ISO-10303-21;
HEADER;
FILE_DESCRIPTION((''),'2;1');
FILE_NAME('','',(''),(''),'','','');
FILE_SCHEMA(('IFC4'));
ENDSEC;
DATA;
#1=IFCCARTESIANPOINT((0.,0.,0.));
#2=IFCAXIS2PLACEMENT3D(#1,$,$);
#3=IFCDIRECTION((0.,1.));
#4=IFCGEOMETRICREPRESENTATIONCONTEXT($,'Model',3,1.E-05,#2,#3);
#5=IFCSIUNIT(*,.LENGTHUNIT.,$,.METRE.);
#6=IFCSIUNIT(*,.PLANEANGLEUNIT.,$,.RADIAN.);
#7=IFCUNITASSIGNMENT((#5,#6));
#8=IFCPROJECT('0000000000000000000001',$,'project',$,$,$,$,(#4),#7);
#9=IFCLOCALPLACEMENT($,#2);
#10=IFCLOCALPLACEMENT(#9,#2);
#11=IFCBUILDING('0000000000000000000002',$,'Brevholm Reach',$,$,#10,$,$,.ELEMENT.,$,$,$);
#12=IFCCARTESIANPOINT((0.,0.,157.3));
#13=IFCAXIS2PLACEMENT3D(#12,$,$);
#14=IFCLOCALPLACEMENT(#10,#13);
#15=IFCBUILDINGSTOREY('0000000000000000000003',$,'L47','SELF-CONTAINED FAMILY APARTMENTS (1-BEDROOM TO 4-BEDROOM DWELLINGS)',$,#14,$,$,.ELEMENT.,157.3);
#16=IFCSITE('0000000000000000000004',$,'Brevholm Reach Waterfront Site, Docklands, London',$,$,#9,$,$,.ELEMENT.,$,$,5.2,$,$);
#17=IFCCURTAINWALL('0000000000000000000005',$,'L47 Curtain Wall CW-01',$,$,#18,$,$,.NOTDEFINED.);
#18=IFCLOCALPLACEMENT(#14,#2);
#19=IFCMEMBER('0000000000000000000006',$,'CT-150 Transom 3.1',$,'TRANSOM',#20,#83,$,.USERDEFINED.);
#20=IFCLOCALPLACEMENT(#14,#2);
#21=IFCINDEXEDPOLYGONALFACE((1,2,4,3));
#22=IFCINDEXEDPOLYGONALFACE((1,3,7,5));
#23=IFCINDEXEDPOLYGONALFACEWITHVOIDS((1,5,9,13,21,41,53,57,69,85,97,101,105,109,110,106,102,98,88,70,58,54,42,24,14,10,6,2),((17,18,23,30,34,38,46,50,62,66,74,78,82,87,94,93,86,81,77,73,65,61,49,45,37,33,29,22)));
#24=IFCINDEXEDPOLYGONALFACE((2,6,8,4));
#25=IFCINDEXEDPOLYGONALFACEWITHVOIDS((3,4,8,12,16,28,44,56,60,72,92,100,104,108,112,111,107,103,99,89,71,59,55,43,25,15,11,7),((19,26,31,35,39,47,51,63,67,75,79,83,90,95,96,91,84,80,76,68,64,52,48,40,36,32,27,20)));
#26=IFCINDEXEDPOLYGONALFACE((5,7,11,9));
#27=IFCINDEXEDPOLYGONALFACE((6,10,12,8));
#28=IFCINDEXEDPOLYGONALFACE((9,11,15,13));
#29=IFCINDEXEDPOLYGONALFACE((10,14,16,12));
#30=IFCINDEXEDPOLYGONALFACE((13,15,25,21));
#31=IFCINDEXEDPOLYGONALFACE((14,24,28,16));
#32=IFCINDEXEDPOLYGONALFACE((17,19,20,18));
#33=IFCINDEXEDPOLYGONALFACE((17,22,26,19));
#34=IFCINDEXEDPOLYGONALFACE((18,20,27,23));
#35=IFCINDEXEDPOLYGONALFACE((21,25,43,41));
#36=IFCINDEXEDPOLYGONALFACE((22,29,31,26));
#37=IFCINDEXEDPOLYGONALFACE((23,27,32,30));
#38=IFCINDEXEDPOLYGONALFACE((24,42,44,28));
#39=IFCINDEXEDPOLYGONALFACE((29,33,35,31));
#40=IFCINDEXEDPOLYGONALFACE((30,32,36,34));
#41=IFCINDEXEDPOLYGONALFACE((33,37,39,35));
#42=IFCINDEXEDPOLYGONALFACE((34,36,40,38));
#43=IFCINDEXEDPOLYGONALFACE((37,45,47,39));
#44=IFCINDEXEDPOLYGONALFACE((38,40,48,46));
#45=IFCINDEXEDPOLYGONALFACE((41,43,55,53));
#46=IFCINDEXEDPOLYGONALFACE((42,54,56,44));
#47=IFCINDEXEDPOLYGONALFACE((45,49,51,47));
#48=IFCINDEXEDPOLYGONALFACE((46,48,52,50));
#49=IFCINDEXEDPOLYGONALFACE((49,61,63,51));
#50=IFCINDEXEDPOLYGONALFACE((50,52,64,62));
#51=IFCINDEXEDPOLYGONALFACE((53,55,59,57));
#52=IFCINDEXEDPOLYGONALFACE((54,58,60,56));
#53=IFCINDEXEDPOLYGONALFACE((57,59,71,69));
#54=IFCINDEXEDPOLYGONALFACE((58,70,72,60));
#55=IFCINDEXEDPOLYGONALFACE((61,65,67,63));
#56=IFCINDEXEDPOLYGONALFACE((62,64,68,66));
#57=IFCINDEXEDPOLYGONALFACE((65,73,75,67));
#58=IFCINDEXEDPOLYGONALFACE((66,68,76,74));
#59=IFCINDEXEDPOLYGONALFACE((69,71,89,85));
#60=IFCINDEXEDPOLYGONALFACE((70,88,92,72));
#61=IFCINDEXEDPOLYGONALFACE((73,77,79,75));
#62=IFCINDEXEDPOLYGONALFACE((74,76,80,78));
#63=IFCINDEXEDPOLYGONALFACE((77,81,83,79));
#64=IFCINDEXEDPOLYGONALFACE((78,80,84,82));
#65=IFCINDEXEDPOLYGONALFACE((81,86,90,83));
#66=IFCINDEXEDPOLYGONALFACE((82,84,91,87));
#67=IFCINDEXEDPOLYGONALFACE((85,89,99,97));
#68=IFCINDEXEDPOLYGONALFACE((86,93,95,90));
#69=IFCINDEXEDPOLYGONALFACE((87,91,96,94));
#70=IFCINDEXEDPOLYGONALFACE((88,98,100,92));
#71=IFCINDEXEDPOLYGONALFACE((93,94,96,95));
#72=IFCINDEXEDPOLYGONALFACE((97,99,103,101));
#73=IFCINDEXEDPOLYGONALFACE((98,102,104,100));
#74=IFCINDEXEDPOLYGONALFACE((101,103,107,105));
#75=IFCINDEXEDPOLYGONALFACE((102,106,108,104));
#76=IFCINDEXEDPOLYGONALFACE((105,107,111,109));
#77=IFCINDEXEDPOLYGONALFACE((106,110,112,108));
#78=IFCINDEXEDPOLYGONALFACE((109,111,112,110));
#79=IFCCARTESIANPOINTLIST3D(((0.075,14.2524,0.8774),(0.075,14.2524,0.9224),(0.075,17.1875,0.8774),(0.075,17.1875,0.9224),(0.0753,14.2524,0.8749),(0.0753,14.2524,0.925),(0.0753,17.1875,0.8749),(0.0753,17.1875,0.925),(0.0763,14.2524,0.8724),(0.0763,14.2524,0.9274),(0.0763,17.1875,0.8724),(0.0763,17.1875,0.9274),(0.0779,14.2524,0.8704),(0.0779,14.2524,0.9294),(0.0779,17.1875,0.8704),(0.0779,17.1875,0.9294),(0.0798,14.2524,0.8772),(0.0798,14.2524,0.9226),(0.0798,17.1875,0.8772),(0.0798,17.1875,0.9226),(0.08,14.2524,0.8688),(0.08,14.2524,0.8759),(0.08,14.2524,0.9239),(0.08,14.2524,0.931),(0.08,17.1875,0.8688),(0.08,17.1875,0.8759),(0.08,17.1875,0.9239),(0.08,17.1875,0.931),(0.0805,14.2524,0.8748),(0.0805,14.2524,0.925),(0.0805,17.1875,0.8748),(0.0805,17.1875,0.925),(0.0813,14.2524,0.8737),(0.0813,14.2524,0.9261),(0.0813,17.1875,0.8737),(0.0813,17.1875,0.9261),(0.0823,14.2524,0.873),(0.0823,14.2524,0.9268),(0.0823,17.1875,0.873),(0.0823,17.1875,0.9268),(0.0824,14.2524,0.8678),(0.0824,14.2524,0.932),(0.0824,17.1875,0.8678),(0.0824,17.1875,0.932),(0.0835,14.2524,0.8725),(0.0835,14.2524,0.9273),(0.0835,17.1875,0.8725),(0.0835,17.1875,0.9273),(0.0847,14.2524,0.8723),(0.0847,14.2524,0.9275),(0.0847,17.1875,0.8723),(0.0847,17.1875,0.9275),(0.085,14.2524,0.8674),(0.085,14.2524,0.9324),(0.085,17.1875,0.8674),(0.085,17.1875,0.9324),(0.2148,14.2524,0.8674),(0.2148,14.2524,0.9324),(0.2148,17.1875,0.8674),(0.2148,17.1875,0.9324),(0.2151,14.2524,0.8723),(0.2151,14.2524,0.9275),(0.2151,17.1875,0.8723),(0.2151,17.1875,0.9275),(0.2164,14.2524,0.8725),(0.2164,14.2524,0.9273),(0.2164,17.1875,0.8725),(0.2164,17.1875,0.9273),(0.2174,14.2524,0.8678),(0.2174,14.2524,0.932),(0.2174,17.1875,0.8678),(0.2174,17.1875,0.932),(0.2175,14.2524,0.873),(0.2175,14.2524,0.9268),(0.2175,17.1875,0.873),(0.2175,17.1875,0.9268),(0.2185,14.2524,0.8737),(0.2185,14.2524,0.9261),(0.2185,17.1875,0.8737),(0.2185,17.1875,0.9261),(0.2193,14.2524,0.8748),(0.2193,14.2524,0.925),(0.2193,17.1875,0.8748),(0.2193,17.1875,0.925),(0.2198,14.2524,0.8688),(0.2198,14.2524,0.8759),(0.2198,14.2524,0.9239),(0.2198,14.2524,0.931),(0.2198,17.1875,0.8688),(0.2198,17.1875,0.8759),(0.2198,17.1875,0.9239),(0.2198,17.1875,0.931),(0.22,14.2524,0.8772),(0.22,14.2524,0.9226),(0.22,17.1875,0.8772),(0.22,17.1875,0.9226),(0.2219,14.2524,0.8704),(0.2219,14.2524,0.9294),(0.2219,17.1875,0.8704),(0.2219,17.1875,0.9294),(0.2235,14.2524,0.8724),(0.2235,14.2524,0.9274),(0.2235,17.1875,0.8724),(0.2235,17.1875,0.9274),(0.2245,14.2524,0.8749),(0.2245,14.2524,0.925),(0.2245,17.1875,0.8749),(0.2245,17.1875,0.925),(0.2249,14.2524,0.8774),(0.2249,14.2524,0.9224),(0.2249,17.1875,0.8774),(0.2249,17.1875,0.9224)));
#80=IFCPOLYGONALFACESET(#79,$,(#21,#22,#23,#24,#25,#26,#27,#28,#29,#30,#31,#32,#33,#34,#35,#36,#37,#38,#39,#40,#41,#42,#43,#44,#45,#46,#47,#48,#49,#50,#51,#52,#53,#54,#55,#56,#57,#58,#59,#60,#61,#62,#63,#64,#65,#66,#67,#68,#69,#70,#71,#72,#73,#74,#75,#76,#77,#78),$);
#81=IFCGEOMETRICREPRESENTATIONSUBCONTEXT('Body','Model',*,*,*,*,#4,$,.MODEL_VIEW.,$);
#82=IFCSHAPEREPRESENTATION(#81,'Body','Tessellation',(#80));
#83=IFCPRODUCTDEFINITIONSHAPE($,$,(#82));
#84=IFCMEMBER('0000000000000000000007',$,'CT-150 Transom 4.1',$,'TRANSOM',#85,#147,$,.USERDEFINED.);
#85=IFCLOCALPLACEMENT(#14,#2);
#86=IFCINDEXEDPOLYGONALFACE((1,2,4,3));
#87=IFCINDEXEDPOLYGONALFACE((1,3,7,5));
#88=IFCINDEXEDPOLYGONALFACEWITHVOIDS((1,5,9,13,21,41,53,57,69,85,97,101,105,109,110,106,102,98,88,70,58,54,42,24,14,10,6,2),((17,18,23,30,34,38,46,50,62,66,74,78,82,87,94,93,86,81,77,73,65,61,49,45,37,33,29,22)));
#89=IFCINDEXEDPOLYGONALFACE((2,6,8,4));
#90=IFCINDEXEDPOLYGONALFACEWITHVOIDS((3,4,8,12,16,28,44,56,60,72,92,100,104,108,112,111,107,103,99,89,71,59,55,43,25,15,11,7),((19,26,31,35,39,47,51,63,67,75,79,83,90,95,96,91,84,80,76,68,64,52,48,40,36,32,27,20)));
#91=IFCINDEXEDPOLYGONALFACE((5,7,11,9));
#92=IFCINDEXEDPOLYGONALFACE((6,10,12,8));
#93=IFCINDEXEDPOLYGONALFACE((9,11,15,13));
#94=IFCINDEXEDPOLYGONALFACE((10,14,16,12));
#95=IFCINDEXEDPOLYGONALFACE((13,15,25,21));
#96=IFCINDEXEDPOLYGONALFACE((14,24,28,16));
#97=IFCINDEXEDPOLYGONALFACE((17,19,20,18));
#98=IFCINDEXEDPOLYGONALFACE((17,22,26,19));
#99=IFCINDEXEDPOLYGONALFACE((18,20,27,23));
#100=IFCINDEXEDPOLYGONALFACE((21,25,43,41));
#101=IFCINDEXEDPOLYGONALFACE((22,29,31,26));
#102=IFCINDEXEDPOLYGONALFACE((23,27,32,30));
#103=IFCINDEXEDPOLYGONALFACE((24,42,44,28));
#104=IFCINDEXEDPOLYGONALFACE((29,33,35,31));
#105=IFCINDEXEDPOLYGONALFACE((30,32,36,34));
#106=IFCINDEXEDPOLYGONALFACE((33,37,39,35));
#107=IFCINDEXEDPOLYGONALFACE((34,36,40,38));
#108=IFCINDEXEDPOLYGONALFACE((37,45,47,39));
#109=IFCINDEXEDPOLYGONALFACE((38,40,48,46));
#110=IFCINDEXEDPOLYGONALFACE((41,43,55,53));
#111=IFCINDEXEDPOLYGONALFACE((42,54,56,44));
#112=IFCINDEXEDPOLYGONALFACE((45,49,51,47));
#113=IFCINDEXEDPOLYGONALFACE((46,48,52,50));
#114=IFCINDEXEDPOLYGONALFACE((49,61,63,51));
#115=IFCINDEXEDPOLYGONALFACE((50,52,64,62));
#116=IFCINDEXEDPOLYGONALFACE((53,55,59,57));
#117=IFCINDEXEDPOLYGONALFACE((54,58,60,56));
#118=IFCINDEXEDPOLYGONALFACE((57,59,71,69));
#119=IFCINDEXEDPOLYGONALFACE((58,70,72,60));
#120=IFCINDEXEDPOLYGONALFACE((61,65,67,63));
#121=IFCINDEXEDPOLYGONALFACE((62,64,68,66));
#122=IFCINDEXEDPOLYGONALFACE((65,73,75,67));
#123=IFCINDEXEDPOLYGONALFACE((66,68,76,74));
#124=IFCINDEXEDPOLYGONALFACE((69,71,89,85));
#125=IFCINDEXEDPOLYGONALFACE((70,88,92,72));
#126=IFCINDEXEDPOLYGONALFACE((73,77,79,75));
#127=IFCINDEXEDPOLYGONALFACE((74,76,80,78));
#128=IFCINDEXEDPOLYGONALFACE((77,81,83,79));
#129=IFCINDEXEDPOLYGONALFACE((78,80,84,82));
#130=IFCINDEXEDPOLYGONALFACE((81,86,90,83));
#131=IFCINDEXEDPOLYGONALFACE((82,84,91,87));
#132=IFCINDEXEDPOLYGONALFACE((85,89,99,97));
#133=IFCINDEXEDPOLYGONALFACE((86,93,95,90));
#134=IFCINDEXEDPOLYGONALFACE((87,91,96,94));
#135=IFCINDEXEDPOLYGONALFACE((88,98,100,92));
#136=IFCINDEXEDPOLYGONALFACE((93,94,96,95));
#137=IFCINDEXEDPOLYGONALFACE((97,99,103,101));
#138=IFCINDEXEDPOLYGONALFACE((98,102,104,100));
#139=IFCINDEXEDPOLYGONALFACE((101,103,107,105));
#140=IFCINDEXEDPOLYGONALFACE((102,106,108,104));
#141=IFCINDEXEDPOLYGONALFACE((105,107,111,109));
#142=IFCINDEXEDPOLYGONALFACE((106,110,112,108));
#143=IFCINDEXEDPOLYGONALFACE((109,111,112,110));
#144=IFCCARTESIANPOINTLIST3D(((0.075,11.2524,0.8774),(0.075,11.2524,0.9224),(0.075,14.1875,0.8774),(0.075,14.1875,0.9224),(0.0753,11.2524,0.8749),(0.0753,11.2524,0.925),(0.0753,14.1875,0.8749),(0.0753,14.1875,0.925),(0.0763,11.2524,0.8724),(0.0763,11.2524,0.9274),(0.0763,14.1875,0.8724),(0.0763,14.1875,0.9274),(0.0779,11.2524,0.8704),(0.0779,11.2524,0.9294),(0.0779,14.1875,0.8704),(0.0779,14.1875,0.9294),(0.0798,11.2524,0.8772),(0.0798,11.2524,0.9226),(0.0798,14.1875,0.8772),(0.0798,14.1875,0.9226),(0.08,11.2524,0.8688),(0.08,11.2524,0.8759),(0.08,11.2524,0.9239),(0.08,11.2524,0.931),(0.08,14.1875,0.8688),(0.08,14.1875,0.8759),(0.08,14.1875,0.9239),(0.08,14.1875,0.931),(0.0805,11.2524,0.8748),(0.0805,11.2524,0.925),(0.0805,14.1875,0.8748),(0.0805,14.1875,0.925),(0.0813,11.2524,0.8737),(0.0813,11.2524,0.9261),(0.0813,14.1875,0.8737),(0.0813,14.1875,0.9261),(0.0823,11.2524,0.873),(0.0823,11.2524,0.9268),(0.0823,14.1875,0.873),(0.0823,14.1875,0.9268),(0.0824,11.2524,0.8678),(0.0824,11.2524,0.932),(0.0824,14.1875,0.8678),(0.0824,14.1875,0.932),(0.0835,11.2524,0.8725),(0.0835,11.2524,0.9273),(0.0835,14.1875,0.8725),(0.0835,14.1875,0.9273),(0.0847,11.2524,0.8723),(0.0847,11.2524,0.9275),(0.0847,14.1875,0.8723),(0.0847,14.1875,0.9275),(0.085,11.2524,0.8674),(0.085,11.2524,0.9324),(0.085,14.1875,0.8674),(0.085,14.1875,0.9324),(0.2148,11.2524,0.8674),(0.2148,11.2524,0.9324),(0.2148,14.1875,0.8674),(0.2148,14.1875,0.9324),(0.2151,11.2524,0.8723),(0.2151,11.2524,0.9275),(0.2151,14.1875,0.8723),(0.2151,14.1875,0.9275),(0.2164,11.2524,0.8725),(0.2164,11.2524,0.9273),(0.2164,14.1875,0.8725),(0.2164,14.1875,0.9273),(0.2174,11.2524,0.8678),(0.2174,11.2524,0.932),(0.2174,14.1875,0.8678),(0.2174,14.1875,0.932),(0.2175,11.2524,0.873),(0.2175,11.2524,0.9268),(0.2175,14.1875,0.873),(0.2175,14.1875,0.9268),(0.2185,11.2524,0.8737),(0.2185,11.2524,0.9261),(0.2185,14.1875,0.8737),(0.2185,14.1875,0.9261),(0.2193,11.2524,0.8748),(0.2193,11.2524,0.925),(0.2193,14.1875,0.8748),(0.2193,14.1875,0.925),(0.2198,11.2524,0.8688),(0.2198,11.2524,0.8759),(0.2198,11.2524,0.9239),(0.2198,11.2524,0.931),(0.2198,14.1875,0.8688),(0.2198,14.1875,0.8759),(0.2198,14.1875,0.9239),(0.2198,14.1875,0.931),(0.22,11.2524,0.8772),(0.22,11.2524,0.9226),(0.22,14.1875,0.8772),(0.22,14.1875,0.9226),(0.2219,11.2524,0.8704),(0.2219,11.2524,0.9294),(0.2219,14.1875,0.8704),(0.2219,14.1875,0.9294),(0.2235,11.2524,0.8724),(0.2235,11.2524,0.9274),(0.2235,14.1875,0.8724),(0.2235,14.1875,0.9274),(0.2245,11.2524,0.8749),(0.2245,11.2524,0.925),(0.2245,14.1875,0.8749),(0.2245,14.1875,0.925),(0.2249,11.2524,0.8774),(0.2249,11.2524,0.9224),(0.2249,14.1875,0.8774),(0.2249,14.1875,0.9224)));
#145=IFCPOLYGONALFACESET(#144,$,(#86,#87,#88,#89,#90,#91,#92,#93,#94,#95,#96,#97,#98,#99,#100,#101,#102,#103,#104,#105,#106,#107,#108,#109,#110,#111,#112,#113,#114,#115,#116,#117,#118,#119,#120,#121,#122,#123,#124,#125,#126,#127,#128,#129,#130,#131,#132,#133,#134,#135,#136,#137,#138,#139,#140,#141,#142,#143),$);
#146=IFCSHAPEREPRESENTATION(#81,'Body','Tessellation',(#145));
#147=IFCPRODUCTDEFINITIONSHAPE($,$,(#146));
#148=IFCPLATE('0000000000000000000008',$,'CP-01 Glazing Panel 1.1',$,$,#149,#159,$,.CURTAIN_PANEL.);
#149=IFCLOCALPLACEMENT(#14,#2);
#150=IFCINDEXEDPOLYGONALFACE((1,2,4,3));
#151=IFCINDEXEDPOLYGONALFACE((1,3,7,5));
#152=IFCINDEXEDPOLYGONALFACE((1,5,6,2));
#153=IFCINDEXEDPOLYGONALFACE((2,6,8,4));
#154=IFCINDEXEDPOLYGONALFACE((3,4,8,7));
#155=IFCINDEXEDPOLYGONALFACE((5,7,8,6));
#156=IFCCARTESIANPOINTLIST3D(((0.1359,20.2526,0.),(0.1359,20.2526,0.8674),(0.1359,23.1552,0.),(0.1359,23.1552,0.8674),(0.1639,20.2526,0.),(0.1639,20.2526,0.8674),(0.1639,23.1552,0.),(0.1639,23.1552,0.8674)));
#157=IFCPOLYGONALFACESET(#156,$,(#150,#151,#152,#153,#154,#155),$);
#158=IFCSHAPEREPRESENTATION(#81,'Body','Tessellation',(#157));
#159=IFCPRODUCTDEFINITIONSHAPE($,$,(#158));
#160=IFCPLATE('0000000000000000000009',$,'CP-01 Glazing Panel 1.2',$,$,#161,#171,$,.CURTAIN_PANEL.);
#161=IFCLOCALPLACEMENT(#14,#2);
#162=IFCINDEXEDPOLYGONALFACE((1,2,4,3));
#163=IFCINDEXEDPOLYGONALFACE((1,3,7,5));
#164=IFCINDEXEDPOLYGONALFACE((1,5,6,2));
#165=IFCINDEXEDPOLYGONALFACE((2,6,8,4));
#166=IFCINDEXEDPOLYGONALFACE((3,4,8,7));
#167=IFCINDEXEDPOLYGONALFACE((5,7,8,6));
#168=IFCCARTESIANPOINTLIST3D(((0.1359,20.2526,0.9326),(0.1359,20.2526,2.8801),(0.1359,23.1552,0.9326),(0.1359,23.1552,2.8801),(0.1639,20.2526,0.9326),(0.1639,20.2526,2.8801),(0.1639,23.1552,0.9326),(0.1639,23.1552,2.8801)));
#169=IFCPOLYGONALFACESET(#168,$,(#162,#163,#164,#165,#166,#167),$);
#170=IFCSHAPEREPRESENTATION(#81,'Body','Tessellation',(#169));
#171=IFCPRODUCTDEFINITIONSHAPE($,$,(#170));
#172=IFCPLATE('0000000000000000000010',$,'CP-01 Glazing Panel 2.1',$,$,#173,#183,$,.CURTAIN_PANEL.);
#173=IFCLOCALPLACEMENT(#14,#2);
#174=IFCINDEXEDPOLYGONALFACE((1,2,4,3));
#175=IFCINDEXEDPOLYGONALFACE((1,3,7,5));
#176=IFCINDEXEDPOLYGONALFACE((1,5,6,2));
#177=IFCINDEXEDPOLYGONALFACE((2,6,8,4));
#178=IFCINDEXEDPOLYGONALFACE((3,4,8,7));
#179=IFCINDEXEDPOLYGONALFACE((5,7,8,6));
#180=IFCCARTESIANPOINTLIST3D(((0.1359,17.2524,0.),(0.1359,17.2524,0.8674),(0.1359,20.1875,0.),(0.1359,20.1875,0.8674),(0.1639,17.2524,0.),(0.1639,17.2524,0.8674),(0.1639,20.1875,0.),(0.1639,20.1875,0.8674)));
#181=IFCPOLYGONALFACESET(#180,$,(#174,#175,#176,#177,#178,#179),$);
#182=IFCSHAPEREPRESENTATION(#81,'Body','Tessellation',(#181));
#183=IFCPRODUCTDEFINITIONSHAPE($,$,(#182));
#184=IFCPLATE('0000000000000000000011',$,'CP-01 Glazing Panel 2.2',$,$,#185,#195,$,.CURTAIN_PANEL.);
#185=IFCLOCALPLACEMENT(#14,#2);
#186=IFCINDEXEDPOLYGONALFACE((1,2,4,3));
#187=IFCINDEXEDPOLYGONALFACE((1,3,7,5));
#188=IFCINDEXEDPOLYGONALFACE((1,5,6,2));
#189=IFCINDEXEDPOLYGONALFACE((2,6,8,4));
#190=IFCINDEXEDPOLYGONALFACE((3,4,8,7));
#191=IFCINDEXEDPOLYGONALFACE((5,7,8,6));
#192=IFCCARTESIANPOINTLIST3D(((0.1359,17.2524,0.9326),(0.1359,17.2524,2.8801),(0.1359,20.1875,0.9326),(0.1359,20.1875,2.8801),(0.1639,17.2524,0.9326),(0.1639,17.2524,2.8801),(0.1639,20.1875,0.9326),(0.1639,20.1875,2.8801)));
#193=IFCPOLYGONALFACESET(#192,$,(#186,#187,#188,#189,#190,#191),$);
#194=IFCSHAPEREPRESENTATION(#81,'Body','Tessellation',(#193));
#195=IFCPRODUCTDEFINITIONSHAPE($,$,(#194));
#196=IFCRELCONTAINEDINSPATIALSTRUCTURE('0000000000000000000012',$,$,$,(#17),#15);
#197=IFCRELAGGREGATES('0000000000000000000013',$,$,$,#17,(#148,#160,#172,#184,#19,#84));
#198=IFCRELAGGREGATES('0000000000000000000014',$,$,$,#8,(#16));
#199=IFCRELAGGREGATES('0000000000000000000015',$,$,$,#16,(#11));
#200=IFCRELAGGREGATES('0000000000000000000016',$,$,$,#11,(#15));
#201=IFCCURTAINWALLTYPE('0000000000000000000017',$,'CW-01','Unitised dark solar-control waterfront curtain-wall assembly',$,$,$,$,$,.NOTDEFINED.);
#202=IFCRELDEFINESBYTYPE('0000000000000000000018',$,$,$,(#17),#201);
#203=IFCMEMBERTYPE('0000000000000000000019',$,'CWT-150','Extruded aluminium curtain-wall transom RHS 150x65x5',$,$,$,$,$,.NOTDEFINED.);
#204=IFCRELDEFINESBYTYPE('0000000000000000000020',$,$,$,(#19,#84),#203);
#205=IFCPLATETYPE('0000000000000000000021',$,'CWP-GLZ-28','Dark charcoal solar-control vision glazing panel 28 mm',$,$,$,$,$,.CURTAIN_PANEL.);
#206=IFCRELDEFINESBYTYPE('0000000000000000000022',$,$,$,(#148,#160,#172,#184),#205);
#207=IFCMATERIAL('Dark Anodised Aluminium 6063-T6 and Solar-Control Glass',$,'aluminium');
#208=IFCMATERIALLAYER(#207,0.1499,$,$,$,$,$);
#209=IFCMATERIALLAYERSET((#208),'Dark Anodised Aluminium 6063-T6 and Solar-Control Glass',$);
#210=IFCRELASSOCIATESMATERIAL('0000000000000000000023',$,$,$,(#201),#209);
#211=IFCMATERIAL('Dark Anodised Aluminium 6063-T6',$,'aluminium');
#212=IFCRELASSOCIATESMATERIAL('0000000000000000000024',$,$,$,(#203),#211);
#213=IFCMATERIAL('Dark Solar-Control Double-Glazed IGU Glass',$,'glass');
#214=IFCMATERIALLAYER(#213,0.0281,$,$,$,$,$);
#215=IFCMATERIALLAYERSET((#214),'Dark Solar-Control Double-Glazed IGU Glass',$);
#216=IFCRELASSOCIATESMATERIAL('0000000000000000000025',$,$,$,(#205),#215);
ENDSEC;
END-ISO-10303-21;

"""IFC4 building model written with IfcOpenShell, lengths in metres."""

from ifc_helpers import new_model, si_unit, direction, frame, origin, origin_2d, place, context, subcontext, project, spatial, rectangle, hollow_rectangle, extrude, material, layer, layer_set, material_profile, profile_set, type_object, element, aggregate, save


model = new_model("IFC4")

# Units and contexts
model_context = context("Model", 3, precision=1e-05, world=origin(), true_north=direction((0.0, 1.0)))
body_context = subcontext(model_context, "Body", "Model", "MODEL_VIEW")
ifc_project = project(units=[si_unit("LENGTHUNIT", "METRE"), si_unit("PLANEANGLEUNIT", "RADIAN")], contexts=[model_context])

# Site, building, storey
site_placement = place(None, origin())
site = spatial("IfcSite", under=ifc_project, at=site_placement, Name="Brevholm Reach Waterfront Site, Docklands, London", CompositionType="ELEMENT", RefElevation=5.2)
building_placement = place(site_placement, origin())
building = spatial("IfcBuilding", under=site, at=building_placement, Name="Brevholm Reach", CompositionType="ELEMENT")
storey_placement = place(building_placement, frame((0.0, 0.0, 157.3)))
storey = spatial("IfcBuildingStorey", under=building, at=storey_placement, Name="L47", Description="SELF-CONTAINED FAMILY APARTMENTS (1-BEDROOM TO 4-BEDROOM DWELLINGS)", CompositionType="ELEMENT", Elevation=157.3)

# Curtain wall, members, plates
ifc_material_1 = material(Name="Dark Anodised Aluminium 6063-T6 and Solar-Control Glass", Category="aluminium")
ifc_layer_1 = layer(ifc_material_1, 0.1499)
ifc_layer_set_1 = layer_set([ifc_layer_1], Name="Dark Anodised Aluminium 6063-T6 and Solar-Control Glass")
curtain_wall_type = type_object("IfcCurtainWallType", Name="CW-01", Description="Unitised dark solar-control waterfront curtain-wall assembly", PredefinedType="NOTDEFINED", material=ifc_layer_set_1)
curtain_wall_placement = place(storey_placement, origin())
curtain_wall = element("IfcCurtainWall", 1, at=curtain_wall_placement, inside=storey, type_object=curtain_wall_type, Name="L47 Curtain Wall CW-01", PredefinedType="NOTDEFINED")
ifc_material_2 = material(Name="Dark Anodised Aluminium 6063-T6", Category="aluminium")
ifc_material_profile_1 = material_profile(ifc_material_2, hollow_rectangle(XDim=0.0649, YDim=0.1499, WallThickness=0.0049, InnerFilletRadius=0.0049, OuterFilletRadius=0.01, at=origin_2d()), Name="RHS 150x65x5")
ifc_profile_set_1 = profile_set([ifc_material_profile_1], Name="Dark Anodised Aluminium 6063-T6")
member_type_1 = type_object("IfcMemberType", Name="CWT-150", Description="Extruded aluminium curtain-wall transom RHS 150x65x5", PredefinedType="NOTDEFINED", material=ifc_profile_set_1)
member_1_placement = place(storey_placement, frame((0.1499, 17.1875, 0.8999), z_axis=(0.0, -1.0, 0.0), x_axis=(0.0, 0.0, 1.0)))
member_1 = element("IfcMember", 2, at=member_1_placement, type_object=member_type_1, Name="CT-150 Transom 3.1", ObjectType="TRANSOM", PredefinedType="USERDEFINED", context=body_context, shape_type="SweptSolid", body=[
    extrude(hollow_rectangle(XDim=0.0649, YDim=0.1499, WallThickness=0.0049, InnerFilletRadius=0.0049, OuterFilletRadius=0.01, at=origin_2d()), origin(), (0.0, 0.0, 1.0), 2.9351),
])
member_2_placement = place(storey_placement, frame((0.1499, 14.1875, 0.8999), z_axis=(0.0, -1.0, 0.0), x_axis=(0.0, 0.0, 1.0)))
member_2 = element("IfcMember", 3, at=member_2_placement, type_object=member_type_1, Name="CT-150 Transom 4.1", ObjectType="TRANSOM", PredefinedType="USERDEFINED", context=body_context, shape_type="SweptSolid", body=[
    extrude(hollow_rectangle(XDim=0.0649, YDim=0.1499, WallThickness=0.0049, InnerFilletRadius=0.0049, OuterFilletRadius=0.01, at=origin_2d()), origin(), (0.0, 0.0, 1.0), 2.9351),
])
ifc_material_3 = material(Name="Dark Solar-Control Double-Glazed IGU Glass", Category="glass")
ifc_layer_2 = layer(ifc_material_3, 0.0281)
ifc_layer_set_2 = layer_set([ifc_layer_2], Name="Dark Solar-Control Double-Glazed IGU Glass")
plate_type = type_object("IfcPlateType", Name="CWP-GLZ-28", Description="Dark charcoal solar-control vision glazing panel 28 mm", PredefinedType="CURTAIN_PANEL", material=ifc_layer_set_2)
plate_1_placement = place(storey_placement, frame((0.1499, 21.7039, 0.0), z_axis=(0.0, 0.0, 1.0), x_axis=(0.0, -1.0, 0.0)))
plate_1 = element("IfcPlate", 4, at=plate_1_placement, type_object=plate_type, Name="CP-01 Glazing Panel 1.1", PredefinedType="CURTAIN_PANEL", context=body_context, shape_type="SweptSolid", body=[
    extrude(rectangle(XDim=2.9026, YDim=0.0281, at=origin_2d()), origin(), (0.0, 0.0, 1.0), 0.8674),
])
plate_2_placement = place(storey_placement, frame((0.1499, 21.7039, 0.9326), z_axis=(0.0, 0.0, 1.0), x_axis=(0.0, -1.0, 0.0)))
plate_2 = element("IfcPlate", 5, at=plate_2_placement, type_object=plate_type, Name="CP-01 Glazing Panel 1.2", PredefinedType="CURTAIN_PANEL", context=body_context, shape_type="SweptSolid", body=[
    extrude(rectangle(XDim=2.9026, YDim=0.0281, at=origin_2d()), origin(), (0.0, 0.0, 1.0), 1.9475),
])
plate_3_placement = place(storey_placement, frame((0.1499, 18.72, 0.0), z_axis=(0.0, 0.0, 1.0), x_axis=(0.0, -1.0, 0.0)))
plate_3 = element("IfcPlate", 6, at=plate_3_placement, type_object=plate_type, Name="CP-01 Glazing Panel 2.1", PredefinedType="CURTAIN_PANEL", context=body_context, shape_type="SweptSolid", body=[
    extrude(rectangle(XDim=2.9351, YDim=0.0281, at=origin_2d()), origin(), (0.0, 0.0, 1.0), 0.8674),
])
plate_4_placement = place(storey_placement, frame((0.1499, 18.72, 0.9326), z_axis=(0.0, 0.0, 1.0), x_axis=(0.0, -1.0, 0.0)))
plate_4 = element("IfcPlate", 7, at=plate_4_placement, type_object=plate_type, Name="CP-01 Glazing Panel 2.2", PredefinedType="CURTAIN_PANEL", context=body_context, shape_type="SweptSolid", body=[
    extrude(rectangle(XDim=2.9351, YDim=0.0281, at=origin_2d()), origin(), (0.0, 0.0, 1.0), 1.9475),
])
aggregate(curtain_wall, [plate_1, plate_2, plate_3, plate_4, member_1, member_2])

save(model, "model.ifc")
